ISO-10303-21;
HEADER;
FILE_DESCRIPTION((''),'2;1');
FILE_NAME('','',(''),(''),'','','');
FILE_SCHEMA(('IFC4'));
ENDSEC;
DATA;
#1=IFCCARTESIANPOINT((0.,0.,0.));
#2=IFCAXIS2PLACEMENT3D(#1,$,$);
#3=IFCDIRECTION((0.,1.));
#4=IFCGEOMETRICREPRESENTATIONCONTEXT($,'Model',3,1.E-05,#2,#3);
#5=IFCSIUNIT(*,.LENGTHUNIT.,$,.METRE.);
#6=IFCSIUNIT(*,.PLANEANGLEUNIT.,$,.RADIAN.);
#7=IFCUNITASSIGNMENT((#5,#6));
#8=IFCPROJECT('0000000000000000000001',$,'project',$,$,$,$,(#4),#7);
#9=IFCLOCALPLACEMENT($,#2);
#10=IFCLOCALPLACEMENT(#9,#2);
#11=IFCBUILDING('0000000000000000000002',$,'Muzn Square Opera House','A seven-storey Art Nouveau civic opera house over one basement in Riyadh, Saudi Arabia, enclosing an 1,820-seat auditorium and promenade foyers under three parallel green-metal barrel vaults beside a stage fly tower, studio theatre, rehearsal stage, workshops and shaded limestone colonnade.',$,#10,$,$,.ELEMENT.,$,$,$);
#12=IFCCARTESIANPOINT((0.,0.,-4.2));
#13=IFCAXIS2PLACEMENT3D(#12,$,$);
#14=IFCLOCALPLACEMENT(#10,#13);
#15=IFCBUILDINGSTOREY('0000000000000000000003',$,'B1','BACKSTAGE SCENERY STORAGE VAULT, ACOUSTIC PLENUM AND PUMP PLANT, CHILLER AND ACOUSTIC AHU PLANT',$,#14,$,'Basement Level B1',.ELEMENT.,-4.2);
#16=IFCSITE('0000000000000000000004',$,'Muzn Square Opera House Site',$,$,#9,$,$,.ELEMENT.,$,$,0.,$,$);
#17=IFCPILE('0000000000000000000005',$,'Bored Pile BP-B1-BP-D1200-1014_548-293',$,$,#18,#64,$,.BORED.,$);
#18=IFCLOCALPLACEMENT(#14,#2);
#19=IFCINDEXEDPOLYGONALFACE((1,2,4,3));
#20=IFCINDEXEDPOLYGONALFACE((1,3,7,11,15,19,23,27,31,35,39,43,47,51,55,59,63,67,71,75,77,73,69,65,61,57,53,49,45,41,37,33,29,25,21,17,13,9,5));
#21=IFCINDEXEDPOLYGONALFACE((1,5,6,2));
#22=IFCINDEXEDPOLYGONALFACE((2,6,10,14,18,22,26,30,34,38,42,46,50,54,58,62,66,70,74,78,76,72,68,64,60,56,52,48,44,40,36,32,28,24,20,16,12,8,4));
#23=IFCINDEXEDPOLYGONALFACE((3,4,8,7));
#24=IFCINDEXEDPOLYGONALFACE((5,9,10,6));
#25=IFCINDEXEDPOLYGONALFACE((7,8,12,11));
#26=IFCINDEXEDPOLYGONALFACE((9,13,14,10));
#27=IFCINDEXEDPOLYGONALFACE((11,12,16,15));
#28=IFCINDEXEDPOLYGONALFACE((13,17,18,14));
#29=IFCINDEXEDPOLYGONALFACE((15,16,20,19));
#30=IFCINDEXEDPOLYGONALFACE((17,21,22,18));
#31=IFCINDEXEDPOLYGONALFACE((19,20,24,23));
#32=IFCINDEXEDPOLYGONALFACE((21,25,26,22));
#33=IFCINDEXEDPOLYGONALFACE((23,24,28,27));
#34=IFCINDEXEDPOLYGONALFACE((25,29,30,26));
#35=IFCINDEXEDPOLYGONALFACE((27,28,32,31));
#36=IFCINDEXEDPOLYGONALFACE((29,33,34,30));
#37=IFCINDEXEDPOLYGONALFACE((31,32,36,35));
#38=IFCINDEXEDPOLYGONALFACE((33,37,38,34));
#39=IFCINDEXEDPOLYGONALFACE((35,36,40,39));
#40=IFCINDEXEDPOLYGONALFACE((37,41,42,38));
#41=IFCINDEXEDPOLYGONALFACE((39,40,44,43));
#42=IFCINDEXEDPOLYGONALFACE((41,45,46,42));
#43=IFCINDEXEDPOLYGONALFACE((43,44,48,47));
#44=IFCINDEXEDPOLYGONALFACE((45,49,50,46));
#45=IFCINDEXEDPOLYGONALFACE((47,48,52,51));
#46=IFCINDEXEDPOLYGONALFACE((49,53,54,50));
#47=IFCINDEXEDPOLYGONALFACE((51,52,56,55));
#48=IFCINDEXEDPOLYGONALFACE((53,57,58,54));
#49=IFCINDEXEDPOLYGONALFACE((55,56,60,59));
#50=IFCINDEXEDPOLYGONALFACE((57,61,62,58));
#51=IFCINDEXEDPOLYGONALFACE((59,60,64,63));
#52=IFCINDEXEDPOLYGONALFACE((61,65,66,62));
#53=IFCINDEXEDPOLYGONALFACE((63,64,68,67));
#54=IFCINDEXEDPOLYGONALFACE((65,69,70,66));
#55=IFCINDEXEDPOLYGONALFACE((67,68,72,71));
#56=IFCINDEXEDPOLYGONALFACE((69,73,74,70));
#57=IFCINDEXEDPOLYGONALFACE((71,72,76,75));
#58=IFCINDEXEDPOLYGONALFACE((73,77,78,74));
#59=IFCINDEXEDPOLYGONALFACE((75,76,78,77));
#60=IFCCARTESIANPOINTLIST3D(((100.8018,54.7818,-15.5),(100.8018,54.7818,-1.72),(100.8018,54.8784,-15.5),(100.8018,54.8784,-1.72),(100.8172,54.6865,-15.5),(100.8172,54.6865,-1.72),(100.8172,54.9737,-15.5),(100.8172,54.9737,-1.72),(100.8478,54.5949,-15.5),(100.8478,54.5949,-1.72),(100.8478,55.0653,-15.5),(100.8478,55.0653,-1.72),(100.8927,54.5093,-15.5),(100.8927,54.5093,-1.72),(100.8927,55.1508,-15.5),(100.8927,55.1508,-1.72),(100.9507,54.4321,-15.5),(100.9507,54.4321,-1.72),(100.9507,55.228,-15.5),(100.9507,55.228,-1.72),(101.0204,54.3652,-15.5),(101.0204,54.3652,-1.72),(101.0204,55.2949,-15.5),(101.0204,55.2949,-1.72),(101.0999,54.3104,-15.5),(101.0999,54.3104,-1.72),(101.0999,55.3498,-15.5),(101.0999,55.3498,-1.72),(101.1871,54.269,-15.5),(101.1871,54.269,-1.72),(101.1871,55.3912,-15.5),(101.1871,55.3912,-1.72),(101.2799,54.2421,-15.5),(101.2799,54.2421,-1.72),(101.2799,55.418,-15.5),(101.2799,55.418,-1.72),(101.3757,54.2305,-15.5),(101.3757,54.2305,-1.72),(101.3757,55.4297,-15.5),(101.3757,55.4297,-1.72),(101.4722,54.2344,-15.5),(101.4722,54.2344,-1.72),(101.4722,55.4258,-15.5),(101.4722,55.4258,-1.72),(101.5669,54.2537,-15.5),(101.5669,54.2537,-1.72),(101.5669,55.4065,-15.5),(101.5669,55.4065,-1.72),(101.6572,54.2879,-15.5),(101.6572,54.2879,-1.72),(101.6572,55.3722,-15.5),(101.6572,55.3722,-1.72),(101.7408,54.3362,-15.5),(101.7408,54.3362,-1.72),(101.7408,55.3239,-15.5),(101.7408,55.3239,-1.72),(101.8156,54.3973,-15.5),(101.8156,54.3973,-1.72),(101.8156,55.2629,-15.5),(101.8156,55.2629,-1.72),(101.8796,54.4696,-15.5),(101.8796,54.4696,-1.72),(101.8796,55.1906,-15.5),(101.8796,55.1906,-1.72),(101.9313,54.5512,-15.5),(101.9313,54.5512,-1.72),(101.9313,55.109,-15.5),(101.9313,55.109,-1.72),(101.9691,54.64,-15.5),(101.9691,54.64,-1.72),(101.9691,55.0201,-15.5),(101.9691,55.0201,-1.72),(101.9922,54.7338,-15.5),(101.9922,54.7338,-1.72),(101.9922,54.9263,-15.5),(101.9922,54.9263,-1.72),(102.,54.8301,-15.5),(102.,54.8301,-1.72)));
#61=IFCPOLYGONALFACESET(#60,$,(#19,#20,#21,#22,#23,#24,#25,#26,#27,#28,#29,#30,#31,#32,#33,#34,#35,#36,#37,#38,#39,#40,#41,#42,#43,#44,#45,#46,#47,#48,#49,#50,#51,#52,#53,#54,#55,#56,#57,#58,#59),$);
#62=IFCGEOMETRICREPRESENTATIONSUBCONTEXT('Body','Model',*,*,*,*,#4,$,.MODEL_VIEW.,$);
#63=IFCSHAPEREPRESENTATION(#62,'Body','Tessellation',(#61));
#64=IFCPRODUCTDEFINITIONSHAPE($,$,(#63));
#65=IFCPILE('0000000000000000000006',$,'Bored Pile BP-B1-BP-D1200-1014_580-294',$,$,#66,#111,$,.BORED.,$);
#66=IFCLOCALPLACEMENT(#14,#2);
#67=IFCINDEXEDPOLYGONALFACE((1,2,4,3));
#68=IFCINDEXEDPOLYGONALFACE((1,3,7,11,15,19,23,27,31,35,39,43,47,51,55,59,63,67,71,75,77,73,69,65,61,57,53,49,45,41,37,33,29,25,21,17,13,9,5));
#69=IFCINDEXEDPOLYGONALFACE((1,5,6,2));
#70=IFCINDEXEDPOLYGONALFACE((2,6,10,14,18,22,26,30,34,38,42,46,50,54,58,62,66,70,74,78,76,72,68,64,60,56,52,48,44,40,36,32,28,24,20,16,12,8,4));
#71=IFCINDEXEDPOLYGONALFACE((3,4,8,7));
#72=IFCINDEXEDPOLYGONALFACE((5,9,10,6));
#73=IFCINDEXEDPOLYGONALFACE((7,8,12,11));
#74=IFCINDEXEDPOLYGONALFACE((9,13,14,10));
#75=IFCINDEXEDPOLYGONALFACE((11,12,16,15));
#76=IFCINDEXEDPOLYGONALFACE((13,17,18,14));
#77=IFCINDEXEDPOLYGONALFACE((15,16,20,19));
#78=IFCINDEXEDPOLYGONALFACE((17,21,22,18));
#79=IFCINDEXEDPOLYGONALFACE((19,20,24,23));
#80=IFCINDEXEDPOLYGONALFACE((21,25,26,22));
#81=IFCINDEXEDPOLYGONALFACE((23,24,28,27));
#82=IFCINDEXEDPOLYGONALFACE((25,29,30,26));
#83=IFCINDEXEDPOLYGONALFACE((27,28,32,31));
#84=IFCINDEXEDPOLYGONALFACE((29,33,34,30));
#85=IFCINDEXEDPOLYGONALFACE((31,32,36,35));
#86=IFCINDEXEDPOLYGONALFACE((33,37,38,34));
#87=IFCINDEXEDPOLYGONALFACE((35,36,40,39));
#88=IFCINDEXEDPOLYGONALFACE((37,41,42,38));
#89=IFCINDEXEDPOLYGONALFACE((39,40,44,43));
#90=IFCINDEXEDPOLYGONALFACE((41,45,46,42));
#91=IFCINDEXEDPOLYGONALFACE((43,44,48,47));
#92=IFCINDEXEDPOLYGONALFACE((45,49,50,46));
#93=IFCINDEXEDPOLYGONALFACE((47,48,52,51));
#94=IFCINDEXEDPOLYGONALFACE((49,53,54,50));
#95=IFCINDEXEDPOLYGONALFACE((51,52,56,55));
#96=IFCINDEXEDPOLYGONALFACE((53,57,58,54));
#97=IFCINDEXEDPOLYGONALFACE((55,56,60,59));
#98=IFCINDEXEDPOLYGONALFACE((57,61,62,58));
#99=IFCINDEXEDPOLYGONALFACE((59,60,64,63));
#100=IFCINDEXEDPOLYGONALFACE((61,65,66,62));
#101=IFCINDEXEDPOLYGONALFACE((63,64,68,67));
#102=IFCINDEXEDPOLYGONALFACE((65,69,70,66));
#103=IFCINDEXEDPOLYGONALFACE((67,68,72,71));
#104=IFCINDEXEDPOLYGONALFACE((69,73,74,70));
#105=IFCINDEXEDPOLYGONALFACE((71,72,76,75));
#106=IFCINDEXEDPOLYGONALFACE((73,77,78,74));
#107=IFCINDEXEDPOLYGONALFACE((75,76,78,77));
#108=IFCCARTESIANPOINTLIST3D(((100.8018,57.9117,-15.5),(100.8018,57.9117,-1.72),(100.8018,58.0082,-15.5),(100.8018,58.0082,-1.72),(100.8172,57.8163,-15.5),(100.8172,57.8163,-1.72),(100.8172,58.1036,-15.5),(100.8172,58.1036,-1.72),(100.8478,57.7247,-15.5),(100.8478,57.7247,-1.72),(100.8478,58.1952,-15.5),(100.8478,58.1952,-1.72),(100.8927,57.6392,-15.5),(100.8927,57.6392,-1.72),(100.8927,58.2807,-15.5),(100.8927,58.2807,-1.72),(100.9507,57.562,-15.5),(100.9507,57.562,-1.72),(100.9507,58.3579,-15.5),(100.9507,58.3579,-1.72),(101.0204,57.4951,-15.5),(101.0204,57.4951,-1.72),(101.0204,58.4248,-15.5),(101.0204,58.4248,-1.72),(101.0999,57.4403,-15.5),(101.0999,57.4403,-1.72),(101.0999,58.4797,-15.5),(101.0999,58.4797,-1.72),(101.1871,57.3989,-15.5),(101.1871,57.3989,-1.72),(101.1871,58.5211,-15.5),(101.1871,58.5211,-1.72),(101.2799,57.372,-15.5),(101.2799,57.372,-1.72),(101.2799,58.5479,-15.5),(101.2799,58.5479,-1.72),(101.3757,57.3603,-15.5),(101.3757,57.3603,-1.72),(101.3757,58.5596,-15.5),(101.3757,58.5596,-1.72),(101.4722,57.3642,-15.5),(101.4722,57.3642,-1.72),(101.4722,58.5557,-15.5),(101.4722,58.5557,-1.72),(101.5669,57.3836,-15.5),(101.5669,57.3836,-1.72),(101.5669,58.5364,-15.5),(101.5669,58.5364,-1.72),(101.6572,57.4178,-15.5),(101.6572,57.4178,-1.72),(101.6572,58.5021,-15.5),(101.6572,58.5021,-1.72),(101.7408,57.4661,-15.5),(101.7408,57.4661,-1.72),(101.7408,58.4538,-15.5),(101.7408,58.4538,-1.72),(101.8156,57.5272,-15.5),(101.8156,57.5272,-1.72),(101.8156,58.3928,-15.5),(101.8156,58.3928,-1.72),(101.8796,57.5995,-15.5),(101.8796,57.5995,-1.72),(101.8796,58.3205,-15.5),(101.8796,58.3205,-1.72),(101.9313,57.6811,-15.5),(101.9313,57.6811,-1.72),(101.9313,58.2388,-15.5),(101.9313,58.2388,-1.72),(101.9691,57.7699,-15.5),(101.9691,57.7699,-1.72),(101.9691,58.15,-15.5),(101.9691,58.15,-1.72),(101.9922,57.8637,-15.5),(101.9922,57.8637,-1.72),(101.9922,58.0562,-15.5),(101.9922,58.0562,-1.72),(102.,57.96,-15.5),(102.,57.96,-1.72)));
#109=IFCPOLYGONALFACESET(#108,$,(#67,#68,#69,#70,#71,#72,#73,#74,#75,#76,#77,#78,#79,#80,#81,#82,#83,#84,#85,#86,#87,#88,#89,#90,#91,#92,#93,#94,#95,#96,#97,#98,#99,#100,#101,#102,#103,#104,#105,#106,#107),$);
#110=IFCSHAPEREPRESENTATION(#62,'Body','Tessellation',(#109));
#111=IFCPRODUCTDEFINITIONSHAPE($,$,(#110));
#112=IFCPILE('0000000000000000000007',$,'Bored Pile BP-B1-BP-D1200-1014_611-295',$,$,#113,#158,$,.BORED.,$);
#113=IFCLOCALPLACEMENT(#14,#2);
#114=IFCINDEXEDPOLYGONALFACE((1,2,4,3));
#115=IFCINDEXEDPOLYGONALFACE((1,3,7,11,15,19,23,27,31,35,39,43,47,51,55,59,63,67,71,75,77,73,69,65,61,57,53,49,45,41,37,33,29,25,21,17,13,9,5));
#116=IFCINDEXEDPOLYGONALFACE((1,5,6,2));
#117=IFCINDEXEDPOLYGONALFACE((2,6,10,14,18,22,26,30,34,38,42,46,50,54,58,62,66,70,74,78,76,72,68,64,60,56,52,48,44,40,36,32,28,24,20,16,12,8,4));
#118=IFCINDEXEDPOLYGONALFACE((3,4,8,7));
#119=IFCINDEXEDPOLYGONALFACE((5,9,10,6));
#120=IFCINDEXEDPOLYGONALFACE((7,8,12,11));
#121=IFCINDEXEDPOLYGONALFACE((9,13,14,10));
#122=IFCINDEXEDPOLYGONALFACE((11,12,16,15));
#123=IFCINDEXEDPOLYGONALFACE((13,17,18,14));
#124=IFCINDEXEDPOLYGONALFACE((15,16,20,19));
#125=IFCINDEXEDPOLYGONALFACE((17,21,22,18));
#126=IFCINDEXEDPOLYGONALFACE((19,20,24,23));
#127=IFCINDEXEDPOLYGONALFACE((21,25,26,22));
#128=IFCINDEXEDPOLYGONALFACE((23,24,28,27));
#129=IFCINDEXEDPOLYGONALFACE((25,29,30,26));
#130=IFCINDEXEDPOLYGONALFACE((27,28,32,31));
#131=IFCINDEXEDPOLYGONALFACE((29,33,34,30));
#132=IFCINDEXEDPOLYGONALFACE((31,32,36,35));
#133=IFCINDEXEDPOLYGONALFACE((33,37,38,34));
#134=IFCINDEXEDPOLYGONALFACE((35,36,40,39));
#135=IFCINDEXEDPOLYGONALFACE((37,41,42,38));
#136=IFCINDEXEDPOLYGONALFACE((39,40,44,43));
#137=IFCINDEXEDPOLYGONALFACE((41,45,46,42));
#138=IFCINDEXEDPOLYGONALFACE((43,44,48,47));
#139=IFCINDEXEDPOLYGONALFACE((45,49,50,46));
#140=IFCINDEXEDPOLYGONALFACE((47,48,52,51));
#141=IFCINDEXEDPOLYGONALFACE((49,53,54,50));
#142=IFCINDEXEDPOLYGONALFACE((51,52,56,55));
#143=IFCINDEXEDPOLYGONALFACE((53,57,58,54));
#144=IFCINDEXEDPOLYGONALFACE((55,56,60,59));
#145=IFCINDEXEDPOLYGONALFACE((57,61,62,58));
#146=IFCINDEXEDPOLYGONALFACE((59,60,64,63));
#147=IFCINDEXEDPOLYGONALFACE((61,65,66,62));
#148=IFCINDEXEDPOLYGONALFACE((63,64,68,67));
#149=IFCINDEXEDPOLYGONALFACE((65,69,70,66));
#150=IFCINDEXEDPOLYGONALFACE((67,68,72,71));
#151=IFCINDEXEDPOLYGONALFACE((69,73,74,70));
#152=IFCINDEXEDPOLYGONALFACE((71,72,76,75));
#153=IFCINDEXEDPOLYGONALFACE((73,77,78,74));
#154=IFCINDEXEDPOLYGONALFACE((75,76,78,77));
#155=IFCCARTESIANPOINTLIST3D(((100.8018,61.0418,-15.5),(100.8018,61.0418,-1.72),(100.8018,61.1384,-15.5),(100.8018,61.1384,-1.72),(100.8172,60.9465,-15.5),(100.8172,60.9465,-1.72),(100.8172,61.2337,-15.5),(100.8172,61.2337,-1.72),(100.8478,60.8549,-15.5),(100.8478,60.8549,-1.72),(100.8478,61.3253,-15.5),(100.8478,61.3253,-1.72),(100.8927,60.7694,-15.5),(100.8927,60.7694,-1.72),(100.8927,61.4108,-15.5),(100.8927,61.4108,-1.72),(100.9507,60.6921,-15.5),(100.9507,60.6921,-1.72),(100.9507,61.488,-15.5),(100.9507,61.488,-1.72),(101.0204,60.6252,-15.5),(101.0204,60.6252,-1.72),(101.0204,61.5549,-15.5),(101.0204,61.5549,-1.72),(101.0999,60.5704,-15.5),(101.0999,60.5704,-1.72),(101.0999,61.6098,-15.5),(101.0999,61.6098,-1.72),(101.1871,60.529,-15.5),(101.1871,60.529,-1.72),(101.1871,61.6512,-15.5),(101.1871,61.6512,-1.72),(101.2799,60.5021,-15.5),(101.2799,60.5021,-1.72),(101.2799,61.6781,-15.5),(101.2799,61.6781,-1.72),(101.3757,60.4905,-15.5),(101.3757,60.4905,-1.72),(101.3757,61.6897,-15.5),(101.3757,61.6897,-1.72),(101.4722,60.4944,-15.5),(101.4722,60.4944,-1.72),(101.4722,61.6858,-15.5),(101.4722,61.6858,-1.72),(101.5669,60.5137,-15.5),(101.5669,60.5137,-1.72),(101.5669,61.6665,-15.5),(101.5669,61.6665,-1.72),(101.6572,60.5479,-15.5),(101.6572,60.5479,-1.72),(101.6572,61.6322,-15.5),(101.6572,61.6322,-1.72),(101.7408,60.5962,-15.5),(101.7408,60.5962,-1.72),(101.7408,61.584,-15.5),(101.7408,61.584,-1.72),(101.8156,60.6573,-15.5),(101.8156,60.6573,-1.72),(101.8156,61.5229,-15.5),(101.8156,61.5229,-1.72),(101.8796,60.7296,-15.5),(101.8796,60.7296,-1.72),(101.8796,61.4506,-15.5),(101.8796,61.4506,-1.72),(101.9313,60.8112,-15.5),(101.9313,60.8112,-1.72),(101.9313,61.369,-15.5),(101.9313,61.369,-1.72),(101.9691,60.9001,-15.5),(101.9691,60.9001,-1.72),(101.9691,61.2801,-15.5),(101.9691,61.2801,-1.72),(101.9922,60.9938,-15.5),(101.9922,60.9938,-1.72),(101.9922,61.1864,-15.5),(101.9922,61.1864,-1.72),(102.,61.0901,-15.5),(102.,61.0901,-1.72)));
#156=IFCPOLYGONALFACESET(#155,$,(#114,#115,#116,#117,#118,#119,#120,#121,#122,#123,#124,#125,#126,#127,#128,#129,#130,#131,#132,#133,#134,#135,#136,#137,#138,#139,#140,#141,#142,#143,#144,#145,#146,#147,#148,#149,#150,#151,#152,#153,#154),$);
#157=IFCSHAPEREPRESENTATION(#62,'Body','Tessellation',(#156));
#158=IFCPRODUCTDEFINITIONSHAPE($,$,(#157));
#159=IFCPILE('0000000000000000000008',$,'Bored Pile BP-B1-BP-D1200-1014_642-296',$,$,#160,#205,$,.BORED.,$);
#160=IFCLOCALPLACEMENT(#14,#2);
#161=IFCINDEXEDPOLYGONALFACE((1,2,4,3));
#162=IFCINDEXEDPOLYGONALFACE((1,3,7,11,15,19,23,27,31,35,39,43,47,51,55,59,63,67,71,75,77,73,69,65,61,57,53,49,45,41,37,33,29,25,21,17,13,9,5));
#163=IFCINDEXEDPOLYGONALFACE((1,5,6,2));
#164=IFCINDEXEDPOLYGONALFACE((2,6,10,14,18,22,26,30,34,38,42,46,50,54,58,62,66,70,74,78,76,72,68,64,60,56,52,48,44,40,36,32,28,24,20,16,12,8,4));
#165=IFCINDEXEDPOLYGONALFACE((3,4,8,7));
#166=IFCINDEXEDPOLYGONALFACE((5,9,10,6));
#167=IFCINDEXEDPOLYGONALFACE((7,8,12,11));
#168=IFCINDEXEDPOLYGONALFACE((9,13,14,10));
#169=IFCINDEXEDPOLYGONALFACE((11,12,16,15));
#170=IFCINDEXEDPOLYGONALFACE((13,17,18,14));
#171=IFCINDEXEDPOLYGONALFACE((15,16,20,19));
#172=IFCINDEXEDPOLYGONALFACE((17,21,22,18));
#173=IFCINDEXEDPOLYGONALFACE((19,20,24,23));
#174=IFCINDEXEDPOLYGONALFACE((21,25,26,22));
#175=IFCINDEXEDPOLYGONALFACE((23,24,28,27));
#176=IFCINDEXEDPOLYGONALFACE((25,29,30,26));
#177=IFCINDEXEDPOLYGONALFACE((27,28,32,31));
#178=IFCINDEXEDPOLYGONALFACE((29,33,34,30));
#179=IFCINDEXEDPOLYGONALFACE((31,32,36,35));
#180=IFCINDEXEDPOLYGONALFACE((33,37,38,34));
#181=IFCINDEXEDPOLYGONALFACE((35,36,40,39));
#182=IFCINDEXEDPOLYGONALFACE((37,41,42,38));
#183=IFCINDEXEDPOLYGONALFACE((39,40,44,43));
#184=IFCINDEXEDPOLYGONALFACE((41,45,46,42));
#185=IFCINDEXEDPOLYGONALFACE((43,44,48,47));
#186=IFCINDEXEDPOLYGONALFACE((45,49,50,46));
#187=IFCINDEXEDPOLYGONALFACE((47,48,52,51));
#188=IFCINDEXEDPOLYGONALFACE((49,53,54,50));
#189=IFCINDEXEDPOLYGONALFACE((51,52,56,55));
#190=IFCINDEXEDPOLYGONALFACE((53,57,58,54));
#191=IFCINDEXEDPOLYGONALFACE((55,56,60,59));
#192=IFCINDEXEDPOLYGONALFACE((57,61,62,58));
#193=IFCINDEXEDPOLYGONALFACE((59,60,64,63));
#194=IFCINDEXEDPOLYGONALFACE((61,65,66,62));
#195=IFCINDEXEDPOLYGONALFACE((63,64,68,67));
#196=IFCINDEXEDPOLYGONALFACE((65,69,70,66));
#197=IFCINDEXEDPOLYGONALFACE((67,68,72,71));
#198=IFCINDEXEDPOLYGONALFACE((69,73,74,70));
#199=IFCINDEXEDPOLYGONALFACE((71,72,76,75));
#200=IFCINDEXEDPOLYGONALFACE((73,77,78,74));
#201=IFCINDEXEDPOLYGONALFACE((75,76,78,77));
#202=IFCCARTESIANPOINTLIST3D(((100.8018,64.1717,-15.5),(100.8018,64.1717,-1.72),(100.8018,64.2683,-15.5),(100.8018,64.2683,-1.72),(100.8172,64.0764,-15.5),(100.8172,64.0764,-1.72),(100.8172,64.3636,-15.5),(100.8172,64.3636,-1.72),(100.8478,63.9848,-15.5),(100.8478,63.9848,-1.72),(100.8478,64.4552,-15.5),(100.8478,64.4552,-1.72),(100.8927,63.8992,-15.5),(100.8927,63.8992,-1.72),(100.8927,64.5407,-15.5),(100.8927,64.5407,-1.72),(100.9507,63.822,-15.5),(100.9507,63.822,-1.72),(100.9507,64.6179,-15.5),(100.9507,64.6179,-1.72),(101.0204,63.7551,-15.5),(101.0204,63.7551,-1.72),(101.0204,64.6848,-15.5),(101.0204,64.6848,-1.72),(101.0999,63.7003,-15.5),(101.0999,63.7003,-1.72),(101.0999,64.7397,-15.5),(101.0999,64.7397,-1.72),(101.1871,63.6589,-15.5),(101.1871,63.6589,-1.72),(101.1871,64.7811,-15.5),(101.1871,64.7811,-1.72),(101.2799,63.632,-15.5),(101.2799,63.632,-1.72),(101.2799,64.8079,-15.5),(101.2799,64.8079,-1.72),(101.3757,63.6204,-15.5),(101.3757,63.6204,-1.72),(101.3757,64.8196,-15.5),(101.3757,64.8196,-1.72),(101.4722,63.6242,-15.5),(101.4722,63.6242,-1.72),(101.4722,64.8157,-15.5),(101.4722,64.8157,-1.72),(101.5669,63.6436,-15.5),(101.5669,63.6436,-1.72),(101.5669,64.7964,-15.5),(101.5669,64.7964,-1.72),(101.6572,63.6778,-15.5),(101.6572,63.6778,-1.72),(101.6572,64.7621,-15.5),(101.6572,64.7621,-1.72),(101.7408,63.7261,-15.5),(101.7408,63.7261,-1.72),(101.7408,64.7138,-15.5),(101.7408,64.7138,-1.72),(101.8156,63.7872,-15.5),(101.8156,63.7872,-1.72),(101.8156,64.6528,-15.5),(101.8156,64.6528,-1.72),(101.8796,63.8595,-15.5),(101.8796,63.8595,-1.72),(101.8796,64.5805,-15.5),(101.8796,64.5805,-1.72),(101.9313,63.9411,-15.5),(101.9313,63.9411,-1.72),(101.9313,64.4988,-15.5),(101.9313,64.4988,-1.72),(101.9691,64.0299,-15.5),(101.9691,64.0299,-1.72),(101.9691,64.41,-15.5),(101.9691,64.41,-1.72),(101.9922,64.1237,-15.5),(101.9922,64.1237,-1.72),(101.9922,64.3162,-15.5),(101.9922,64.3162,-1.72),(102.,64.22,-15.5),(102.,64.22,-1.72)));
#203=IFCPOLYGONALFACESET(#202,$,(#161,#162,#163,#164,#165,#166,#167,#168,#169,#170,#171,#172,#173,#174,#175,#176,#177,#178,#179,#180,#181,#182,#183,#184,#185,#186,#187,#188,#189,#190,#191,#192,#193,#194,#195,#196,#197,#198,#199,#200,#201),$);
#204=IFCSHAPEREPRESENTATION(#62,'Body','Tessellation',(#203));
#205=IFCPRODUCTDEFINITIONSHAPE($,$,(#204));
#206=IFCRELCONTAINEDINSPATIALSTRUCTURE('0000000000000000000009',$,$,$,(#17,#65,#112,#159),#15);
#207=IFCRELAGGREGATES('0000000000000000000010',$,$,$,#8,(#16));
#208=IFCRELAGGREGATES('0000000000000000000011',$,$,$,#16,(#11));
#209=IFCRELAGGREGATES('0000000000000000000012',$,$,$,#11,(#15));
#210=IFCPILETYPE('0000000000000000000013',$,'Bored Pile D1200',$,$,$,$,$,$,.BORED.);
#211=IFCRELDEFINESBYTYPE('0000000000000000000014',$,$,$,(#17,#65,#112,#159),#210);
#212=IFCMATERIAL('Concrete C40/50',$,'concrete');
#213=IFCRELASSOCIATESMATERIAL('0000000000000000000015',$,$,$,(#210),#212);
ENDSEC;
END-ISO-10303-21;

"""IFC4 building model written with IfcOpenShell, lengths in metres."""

from ifc_helpers import new_model, si_unit, direction, frame, origin, origin_2d, place, context, subcontext, project, spatial, circle, extrude, material, material_profile, profile_set, type_object, element, save


model = new_model("IFC4")

# Units and contexts
model_context = context("Model", 3, precision=1e-05, world=origin(), true_north=direction((0.0, 1.0)))
body_context = subcontext(model_context, "Body", "Model", "MODEL_VIEW")
ifc_project = project(units=[si_unit("LENGTHUNIT", "METRE"), si_unit("PLANEANGLEUNIT", "RADIAN")], contexts=[model_context])

# Site, building, storey
site_placement = place(None, origin())
site = spatial("IfcSite", under=ifc_project, at=site_placement, Name="Muzn Square Opera House Site", CompositionType="ELEMENT", RefElevation=0.0)
building_placement = place(site_placement, origin())
building = spatial("IfcBuilding", under=site, at=building_placement, Name="Muzn Square Opera House", Description="A seven-storey Art Nouveau civic opera house over one basement in Riyadh, Saudi Arabia, enclosing an 1,820-seat auditorium and promenade foyers under three parallel green-metal barrel vaults beside a stage fly tower, studio theatre, rehearsal stage, workshops and shaded limestone colonnade.", CompositionType="ELEMENT")
storey_placement = place(building_placement, frame((0.0, 0.0, -4.2)))
storey = spatial("IfcBuildingStorey", under=building, at=storey_placement, Name="B1", Description="BACKSTAGE SCENERY STORAGE VAULT, ACOUSTIC PLENUM AND PUMP PLANT, CHILLER AND ACOUSTIC AHU PLANT", LongName="Basement Level B1", CompositionType="ELEMENT", Elevation=-4.2)

# Piles
ifc_material_1 = material(Name="Concrete C40/50", Category="concrete")
ifc_material_profile_1 = material_profile(ifc_material_1, circle(Radius=0.6001, at=origin_2d()), Name="BORED PILE D1200", Category="concrete")
ifc_profile_set_1 = profile_set([ifc_material_profile_1], Name="Concrete C40/50")
pile_type = type_object("IfcPileType", Name="Bored Pile D1200", PredefinedType="BORED", material=ifc_profile_set_1)
for number, where, z_axis, x_axis, name in (
    (1, (101.3999, 54.8301, -1.72), (0.0, 0.0, -1.0), (1.0, 0.0, 0.0), "Bored Pile BP-B1-BP-D1200-1014_548-293"),
    (2, (101.3999, 57.96, -1.72), (0.0, 0.0, -1.0), (1.0, 0.0, 0.0), "Bored Pile BP-B1-BP-D1200-1014_580-294"),
    (3, (101.3999, 61.0901, -1.72), (0.0, 0.0, -1.0), (1.0, 0.0, 0.0), "Bored Pile BP-B1-BP-D1200-1014_611-295"),
    (4, (101.3999, 64.22, -1.72), (0.0, 0.0, -1.0), (1.0, 0.0, 0.0), "Bored Pile BP-B1-BP-D1200-1014_642-296"),
):
    element("IfcPile", number, at=place(storey_placement, frame(where, z_axis=z_axis, x_axis=x_axis)), inside=storey, type_object=pile_type, Name=name, PredefinedType="BORED", context=body_context, shape_type="SweptSolid", body=[
        extrude(circle(Radius=0.6001, at=origin_2d()), origin(), (0.0, 0.0, 1.0), 13.78),
    ])

save(model, "model.ifc")
